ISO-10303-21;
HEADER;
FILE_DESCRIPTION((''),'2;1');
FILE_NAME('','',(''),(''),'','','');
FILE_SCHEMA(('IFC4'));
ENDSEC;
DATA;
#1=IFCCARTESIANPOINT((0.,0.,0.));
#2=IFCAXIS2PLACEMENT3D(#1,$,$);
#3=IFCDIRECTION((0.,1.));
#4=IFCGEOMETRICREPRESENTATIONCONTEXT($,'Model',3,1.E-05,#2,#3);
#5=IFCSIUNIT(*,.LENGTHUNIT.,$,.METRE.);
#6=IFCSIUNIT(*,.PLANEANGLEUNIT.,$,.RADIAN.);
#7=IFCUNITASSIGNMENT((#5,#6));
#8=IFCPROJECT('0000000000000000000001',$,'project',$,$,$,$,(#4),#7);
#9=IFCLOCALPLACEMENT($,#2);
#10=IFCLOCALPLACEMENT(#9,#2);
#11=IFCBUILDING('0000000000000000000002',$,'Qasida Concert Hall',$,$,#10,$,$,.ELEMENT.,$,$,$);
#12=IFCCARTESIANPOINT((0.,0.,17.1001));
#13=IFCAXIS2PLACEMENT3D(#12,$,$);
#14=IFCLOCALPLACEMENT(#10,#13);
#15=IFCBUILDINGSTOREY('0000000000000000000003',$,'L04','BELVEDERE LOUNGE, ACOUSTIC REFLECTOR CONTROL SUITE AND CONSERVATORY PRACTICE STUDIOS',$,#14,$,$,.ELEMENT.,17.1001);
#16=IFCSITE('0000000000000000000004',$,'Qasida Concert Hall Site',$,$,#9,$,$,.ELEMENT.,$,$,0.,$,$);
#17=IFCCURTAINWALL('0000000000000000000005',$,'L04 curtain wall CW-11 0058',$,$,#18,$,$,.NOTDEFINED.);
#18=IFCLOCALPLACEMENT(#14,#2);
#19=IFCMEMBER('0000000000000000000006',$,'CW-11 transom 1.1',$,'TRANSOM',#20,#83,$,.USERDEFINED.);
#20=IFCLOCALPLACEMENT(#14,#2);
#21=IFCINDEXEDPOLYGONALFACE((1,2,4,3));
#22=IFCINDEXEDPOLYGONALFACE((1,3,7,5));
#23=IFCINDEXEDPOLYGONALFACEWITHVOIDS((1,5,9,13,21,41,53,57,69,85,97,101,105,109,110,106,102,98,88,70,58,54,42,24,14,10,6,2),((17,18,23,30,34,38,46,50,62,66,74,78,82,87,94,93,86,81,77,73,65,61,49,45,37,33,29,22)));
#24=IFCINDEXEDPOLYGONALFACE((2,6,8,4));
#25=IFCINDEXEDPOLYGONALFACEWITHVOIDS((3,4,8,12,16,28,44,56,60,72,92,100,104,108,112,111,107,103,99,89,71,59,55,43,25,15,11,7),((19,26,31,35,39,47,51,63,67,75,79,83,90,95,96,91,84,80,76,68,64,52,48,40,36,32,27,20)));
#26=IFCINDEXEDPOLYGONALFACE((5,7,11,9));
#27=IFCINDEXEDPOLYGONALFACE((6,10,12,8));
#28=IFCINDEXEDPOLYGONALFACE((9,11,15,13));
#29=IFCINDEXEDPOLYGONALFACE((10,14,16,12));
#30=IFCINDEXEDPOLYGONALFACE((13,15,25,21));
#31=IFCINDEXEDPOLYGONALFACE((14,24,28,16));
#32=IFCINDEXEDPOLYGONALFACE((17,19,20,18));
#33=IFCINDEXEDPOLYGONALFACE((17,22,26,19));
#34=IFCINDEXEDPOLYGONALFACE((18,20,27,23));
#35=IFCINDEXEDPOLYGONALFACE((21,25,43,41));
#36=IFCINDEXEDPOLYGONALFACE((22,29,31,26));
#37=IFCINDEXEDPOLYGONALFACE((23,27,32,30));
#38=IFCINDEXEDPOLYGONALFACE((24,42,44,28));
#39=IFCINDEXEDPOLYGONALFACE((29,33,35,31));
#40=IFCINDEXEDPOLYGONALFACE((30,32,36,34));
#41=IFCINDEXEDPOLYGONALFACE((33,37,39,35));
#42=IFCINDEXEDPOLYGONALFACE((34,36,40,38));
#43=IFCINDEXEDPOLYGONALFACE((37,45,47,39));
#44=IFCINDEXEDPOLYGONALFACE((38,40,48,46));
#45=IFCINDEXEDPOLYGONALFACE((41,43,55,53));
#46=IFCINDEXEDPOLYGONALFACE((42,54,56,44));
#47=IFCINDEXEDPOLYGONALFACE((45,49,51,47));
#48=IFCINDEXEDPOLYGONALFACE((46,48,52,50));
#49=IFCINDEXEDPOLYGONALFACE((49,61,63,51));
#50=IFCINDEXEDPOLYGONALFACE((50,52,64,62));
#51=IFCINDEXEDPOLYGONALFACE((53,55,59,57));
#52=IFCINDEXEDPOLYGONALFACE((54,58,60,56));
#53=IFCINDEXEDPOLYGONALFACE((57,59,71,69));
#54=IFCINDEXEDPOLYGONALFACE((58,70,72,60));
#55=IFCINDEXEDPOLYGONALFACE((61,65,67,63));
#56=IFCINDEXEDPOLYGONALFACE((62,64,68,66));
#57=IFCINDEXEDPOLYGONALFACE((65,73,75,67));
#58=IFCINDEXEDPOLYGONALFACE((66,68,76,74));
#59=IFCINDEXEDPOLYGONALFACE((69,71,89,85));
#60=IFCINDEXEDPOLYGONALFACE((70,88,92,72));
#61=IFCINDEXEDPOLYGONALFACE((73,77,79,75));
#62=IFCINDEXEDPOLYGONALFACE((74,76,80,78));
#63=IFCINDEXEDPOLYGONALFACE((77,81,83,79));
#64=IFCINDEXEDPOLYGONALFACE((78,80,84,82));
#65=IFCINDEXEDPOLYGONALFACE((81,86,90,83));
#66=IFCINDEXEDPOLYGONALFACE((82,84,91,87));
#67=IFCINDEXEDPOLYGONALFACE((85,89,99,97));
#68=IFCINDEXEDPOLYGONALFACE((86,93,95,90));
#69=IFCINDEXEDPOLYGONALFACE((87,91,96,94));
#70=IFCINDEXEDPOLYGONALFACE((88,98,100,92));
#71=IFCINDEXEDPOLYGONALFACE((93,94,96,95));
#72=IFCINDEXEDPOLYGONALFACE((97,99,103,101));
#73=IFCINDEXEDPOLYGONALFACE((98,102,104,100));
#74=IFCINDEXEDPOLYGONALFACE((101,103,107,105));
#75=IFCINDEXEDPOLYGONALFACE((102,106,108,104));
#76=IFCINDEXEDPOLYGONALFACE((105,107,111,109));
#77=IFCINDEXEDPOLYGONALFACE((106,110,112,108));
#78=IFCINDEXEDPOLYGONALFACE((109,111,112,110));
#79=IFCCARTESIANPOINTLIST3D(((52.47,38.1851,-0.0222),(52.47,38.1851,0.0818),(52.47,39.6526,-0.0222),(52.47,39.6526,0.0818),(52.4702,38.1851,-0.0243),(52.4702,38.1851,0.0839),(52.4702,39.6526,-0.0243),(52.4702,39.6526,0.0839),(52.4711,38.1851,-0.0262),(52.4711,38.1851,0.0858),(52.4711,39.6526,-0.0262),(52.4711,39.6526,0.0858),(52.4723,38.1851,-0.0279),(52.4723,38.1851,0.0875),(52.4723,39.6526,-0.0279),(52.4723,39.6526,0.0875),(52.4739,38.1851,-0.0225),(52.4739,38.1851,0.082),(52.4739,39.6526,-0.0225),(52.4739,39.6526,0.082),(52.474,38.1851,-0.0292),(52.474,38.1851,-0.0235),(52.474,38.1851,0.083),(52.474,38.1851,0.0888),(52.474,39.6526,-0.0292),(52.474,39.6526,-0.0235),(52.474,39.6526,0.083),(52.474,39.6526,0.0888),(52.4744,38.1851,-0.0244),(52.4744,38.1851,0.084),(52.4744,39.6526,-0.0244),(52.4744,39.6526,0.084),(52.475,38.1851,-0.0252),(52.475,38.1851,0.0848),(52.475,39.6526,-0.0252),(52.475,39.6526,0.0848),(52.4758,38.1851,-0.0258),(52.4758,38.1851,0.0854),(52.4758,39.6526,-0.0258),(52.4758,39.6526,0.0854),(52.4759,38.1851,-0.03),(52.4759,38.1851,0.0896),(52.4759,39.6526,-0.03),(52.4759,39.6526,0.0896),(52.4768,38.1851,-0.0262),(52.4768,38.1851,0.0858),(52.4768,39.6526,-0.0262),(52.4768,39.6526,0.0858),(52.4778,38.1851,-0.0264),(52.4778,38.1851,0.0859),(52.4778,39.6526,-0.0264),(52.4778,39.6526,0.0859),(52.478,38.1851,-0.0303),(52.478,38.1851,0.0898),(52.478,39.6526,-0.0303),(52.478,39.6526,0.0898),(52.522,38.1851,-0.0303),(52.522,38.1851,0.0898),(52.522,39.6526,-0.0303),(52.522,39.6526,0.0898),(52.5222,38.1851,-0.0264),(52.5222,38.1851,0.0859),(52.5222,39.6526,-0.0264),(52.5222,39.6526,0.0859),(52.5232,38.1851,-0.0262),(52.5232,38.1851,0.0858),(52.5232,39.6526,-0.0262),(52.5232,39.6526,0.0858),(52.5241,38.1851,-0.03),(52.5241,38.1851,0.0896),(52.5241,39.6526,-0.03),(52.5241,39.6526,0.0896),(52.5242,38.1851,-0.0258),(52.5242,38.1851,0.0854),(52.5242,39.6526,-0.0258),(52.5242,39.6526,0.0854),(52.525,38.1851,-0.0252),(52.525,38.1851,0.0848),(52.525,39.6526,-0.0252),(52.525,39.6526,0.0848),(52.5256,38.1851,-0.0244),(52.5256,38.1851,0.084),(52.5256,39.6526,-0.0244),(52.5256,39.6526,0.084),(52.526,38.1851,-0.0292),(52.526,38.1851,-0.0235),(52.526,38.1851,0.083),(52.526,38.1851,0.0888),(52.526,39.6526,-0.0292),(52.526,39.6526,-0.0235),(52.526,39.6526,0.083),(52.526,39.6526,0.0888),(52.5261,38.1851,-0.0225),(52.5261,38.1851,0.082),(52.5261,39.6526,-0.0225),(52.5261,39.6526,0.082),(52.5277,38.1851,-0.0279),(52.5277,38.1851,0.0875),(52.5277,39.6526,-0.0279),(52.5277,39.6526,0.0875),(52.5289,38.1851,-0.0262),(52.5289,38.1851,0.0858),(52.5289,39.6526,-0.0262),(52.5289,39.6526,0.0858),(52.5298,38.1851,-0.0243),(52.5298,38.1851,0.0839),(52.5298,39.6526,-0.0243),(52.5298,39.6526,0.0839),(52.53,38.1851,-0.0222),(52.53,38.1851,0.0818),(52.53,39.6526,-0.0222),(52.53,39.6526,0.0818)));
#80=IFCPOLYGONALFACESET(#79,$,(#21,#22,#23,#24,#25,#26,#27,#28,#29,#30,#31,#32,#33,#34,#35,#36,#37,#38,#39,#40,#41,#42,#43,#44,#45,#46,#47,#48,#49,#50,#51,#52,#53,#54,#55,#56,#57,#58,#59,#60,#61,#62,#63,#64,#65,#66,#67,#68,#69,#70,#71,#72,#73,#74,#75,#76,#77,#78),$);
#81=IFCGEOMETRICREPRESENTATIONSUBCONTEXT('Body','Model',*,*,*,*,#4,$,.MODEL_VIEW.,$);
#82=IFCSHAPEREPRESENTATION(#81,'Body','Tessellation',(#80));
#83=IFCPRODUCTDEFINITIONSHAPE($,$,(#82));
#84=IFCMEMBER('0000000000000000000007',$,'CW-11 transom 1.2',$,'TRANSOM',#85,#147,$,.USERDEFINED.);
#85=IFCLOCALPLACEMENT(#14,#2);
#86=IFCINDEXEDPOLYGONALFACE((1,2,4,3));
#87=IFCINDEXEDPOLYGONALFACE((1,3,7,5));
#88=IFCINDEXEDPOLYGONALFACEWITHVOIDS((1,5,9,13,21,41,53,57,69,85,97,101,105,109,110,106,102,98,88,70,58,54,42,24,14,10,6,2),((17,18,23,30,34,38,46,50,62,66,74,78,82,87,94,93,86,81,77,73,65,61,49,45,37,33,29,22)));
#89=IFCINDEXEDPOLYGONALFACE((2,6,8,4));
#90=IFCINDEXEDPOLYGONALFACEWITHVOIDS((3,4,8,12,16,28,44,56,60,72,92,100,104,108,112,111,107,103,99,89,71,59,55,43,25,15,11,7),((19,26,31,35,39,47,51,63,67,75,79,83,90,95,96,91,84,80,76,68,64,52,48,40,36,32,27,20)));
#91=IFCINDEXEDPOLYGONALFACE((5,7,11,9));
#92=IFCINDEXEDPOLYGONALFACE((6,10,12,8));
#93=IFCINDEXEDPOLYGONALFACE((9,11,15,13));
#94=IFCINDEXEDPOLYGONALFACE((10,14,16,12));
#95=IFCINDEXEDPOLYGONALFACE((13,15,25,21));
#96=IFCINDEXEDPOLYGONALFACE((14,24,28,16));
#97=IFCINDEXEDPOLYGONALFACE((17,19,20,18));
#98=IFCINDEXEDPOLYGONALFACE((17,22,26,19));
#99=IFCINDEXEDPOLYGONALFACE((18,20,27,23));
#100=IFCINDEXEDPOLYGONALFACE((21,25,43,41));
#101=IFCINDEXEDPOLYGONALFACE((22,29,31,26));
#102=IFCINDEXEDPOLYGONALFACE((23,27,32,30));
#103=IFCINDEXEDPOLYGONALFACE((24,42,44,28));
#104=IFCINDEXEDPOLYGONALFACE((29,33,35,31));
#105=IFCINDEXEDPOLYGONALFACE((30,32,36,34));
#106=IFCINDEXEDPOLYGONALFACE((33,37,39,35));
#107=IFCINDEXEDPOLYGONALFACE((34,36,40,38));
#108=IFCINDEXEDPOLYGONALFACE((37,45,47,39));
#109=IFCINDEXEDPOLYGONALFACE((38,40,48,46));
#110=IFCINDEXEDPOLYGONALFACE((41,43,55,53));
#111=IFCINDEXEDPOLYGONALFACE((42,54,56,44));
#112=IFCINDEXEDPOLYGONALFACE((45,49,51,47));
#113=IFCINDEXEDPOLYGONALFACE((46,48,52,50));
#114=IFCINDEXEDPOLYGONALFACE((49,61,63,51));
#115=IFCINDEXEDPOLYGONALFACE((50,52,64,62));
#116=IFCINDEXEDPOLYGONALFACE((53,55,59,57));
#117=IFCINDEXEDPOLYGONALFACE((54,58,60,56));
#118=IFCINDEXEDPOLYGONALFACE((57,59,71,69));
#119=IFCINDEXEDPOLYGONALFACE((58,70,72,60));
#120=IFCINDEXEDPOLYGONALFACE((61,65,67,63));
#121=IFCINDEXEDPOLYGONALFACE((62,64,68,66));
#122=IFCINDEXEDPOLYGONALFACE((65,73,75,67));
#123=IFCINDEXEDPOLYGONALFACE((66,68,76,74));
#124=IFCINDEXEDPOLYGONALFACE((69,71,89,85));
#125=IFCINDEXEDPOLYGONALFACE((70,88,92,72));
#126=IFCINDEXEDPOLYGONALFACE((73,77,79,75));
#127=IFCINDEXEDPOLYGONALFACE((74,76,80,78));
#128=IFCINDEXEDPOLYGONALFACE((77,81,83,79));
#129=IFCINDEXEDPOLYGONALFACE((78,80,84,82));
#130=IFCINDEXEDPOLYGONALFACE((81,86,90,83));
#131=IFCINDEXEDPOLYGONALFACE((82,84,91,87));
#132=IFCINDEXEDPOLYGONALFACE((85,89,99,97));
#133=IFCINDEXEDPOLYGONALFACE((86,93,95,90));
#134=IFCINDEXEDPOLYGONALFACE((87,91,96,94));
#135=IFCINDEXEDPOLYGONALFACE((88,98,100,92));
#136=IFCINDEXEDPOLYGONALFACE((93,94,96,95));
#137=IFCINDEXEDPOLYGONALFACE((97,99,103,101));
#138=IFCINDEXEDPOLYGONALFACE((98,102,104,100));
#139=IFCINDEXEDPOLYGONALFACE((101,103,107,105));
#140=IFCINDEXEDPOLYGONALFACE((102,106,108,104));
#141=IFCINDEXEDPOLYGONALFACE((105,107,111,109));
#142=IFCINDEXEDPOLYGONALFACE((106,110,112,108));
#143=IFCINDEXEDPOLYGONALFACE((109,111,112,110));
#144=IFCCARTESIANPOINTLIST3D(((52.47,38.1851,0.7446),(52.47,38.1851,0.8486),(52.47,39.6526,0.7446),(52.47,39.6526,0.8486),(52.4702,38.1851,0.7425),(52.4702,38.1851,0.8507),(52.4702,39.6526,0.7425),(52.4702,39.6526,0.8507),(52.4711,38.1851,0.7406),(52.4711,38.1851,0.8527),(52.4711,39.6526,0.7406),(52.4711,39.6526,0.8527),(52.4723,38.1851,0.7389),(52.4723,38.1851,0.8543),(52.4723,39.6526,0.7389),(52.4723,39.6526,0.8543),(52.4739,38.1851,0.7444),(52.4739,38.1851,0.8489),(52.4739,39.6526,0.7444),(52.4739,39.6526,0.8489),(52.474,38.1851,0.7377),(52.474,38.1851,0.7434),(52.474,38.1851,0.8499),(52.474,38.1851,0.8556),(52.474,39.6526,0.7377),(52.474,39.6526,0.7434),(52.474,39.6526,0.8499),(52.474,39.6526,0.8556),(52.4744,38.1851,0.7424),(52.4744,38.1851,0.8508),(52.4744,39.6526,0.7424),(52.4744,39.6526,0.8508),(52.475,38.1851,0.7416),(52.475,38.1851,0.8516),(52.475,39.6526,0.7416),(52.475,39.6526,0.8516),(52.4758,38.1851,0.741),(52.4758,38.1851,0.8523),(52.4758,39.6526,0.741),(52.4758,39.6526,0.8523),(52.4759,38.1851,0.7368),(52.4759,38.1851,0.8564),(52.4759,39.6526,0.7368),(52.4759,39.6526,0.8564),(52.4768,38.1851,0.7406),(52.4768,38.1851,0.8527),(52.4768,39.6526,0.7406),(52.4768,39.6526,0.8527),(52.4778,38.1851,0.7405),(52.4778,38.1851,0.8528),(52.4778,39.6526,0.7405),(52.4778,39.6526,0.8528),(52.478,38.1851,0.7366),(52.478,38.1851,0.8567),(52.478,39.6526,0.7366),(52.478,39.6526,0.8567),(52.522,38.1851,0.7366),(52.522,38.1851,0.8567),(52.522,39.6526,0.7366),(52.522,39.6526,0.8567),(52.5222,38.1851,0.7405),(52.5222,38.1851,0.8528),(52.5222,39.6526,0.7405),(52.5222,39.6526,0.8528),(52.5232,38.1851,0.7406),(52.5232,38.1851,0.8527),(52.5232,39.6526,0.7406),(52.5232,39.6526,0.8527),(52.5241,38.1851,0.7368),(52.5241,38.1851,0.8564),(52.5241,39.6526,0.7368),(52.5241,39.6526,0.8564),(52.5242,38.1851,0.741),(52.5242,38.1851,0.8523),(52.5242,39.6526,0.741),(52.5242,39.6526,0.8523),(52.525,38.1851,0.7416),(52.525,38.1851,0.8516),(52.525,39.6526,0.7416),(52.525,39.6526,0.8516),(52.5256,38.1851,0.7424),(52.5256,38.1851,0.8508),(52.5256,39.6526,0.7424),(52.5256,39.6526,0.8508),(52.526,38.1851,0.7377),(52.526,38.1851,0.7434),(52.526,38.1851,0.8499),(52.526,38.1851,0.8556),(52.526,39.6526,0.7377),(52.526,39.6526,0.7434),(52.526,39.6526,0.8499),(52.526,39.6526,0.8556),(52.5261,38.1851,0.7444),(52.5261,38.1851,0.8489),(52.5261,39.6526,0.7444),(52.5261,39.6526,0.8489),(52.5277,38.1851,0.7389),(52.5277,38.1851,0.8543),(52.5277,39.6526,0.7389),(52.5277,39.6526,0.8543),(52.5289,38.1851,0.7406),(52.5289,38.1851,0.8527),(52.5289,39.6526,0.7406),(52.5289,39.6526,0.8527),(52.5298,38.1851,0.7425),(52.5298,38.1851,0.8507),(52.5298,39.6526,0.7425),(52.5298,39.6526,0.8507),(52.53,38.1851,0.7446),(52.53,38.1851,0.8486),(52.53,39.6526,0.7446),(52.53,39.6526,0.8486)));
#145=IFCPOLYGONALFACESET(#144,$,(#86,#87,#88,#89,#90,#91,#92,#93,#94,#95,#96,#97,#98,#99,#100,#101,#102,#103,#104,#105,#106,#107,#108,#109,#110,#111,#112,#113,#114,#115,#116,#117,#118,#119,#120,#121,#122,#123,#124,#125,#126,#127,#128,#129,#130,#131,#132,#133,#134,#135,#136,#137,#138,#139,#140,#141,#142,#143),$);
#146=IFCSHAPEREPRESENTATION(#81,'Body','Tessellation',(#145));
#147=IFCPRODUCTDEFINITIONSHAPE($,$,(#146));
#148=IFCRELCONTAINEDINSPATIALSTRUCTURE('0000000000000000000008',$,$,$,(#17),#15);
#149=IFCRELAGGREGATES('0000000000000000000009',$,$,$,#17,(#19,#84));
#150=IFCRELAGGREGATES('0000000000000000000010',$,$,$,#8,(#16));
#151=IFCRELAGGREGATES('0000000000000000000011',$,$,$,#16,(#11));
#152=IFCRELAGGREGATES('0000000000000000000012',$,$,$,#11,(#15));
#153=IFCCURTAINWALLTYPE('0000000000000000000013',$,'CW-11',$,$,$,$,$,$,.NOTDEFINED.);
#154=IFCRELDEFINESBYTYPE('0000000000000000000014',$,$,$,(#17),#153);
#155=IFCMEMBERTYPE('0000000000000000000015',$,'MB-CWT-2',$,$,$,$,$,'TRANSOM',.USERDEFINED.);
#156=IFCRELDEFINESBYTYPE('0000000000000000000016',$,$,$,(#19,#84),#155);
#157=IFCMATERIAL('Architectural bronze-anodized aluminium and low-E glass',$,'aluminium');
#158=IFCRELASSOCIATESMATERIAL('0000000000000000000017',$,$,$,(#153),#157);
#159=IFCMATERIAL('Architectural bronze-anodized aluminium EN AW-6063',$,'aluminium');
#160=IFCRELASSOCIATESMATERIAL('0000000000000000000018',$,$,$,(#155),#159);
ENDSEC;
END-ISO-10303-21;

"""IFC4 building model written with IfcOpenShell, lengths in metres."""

from ifc_helpers import new_model, si_unit, direction, frame, origin, origin_2d, place, context, subcontext, project, spatial, hollow_rectangle, extrude, material, material_profile, profile_set, type_object, element, aggregate, save


model = new_model("IFC4")

# Units and contexts
model_context = context("Model", 3, precision=1e-05, world=origin(), true_north=direction((0.0, 1.0)))
body_context = subcontext(model_context, "Body", "Model", "MODEL_VIEW")
ifc_project = project(units=[si_unit("LENGTHUNIT", "METRE"), si_unit("PLANEANGLEUNIT", "RADIAN")], contexts=[model_context])

# Site, building, storey
site_placement = place(None, origin())
site = spatial("IfcSite", under=ifc_project, at=site_placement, Name="Qasida Concert Hall Site", CompositionType="ELEMENT", RefElevation=0.0)
building_placement = place(site_placement, origin())
building = spatial("IfcBuilding", under=site, at=building_placement, Name="Qasida Concert Hall", CompositionType="ELEMENT")
storey_placement = place(building_placement, frame((0.0, 0.0, 17.1001)))
storey = spatial("IfcBuildingStorey", under=building, at=storey_placement, Name="L04", Description="BELVEDERE LOUNGE, ACOUSTIC REFLECTOR CONTROL SUITE AND CONSERVATORY PRACTICE STUDIOS", CompositionType="ELEMENT", Elevation=17.1001)

# Shared definitions
ifc_material_1 = material(Name="Architectural bronze-anodized aluminium and low-E glass", Category="aluminium")
curtain_wall_type = type_object("IfcCurtainWallType", Name="CW-11", PredefinedType="NOTDEFINED", material=ifc_material_1)
ifc_material_2 = material(Name="Architectural bronze-anodized aluminium EN AW-6063", Category="aluminium")

# Curtain wall
curtain_wall_1_placement = place(storey_placement, origin())
curtain_wall_1 = element("IfcCurtainWall", 1, at=curtain_wall_1_placement, inside=storey, type_object=curtain_wall_type, Name="L04 curtain wall CW-11 0058", PredefinedType="NOTDEFINED")

# Members
ifc_material_profile_1 = material_profile(ifc_material_2, hollow_rectangle(XDim=0.0601, YDim=0.1201, WallThickness=0.0039, InnerFilletRadius=0.0039, OuterFilletRadius=0.0081, at=origin_2d()), Name="CWT 120x60x4")
ifc_profile_set_1 = profile_set([ifc_material_profile_1], Name="Architectural bronze-anodized aluminium EN AW-6063")
member_type_1 = type_object("IfcMemberType", Name="MB-CWT-2", ElementType="TRANSOM", PredefinedType="USERDEFINED", material=ifc_profile_set_1)
member_1_placement = place(storey_placement, frame((52.5, 38.1851, 0.0298), z_axis=(0.0, 1.0, 0.0), x_axis=(-1.0, 0.0, 0.0)))
member_1 = element("IfcMember", 2, at=member_1_placement, type_object=member_type_1, Name="CW-11 transom 1.1", ObjectType="TRANSOM", PredefinedType="USERDEFINED", context=body_context, shape_type="SweptSolid", body=[
    extrude(hollow_rectangle(XDim=0.0601, YDim=0.1201, WallThickness=0.0039, InnerFilletRadius=0.0039, OuterFilletRadius=0.0081, at=origin_2d()), origin(), (0.0, 0.0, 1.0), 1.4675),
])
member_2_placement = place(storey_placement, frame((52.5, 38.1851, 0.7966), z_axis=(0.0, 1.0, 0.0), x_axis=(-1.0, 0.0, 0.0)))
member_2 = element("IfcMember", 3, at=member_2_placement, type_object=member_type_1, Name="CW-11 transom 1.2", ObjectType="TRANSOM", PredefinedType="USERDEFINED", context=body_context, shape_type="SweptSolid", body=[
    extrude(hollow_rectangle(XDim=0.0601, YDim=0.1201, WallThickness=0.0039, InnerFilletRadius=0.0039, OuterFilletRadius=0.0081, at=origin_2d()), origin(), (0.0, 0.0, 1.0), 1.4675),
])

aggregate(curtain_wall_1, [member_1, member_2])

save(model, "model.ifc")
